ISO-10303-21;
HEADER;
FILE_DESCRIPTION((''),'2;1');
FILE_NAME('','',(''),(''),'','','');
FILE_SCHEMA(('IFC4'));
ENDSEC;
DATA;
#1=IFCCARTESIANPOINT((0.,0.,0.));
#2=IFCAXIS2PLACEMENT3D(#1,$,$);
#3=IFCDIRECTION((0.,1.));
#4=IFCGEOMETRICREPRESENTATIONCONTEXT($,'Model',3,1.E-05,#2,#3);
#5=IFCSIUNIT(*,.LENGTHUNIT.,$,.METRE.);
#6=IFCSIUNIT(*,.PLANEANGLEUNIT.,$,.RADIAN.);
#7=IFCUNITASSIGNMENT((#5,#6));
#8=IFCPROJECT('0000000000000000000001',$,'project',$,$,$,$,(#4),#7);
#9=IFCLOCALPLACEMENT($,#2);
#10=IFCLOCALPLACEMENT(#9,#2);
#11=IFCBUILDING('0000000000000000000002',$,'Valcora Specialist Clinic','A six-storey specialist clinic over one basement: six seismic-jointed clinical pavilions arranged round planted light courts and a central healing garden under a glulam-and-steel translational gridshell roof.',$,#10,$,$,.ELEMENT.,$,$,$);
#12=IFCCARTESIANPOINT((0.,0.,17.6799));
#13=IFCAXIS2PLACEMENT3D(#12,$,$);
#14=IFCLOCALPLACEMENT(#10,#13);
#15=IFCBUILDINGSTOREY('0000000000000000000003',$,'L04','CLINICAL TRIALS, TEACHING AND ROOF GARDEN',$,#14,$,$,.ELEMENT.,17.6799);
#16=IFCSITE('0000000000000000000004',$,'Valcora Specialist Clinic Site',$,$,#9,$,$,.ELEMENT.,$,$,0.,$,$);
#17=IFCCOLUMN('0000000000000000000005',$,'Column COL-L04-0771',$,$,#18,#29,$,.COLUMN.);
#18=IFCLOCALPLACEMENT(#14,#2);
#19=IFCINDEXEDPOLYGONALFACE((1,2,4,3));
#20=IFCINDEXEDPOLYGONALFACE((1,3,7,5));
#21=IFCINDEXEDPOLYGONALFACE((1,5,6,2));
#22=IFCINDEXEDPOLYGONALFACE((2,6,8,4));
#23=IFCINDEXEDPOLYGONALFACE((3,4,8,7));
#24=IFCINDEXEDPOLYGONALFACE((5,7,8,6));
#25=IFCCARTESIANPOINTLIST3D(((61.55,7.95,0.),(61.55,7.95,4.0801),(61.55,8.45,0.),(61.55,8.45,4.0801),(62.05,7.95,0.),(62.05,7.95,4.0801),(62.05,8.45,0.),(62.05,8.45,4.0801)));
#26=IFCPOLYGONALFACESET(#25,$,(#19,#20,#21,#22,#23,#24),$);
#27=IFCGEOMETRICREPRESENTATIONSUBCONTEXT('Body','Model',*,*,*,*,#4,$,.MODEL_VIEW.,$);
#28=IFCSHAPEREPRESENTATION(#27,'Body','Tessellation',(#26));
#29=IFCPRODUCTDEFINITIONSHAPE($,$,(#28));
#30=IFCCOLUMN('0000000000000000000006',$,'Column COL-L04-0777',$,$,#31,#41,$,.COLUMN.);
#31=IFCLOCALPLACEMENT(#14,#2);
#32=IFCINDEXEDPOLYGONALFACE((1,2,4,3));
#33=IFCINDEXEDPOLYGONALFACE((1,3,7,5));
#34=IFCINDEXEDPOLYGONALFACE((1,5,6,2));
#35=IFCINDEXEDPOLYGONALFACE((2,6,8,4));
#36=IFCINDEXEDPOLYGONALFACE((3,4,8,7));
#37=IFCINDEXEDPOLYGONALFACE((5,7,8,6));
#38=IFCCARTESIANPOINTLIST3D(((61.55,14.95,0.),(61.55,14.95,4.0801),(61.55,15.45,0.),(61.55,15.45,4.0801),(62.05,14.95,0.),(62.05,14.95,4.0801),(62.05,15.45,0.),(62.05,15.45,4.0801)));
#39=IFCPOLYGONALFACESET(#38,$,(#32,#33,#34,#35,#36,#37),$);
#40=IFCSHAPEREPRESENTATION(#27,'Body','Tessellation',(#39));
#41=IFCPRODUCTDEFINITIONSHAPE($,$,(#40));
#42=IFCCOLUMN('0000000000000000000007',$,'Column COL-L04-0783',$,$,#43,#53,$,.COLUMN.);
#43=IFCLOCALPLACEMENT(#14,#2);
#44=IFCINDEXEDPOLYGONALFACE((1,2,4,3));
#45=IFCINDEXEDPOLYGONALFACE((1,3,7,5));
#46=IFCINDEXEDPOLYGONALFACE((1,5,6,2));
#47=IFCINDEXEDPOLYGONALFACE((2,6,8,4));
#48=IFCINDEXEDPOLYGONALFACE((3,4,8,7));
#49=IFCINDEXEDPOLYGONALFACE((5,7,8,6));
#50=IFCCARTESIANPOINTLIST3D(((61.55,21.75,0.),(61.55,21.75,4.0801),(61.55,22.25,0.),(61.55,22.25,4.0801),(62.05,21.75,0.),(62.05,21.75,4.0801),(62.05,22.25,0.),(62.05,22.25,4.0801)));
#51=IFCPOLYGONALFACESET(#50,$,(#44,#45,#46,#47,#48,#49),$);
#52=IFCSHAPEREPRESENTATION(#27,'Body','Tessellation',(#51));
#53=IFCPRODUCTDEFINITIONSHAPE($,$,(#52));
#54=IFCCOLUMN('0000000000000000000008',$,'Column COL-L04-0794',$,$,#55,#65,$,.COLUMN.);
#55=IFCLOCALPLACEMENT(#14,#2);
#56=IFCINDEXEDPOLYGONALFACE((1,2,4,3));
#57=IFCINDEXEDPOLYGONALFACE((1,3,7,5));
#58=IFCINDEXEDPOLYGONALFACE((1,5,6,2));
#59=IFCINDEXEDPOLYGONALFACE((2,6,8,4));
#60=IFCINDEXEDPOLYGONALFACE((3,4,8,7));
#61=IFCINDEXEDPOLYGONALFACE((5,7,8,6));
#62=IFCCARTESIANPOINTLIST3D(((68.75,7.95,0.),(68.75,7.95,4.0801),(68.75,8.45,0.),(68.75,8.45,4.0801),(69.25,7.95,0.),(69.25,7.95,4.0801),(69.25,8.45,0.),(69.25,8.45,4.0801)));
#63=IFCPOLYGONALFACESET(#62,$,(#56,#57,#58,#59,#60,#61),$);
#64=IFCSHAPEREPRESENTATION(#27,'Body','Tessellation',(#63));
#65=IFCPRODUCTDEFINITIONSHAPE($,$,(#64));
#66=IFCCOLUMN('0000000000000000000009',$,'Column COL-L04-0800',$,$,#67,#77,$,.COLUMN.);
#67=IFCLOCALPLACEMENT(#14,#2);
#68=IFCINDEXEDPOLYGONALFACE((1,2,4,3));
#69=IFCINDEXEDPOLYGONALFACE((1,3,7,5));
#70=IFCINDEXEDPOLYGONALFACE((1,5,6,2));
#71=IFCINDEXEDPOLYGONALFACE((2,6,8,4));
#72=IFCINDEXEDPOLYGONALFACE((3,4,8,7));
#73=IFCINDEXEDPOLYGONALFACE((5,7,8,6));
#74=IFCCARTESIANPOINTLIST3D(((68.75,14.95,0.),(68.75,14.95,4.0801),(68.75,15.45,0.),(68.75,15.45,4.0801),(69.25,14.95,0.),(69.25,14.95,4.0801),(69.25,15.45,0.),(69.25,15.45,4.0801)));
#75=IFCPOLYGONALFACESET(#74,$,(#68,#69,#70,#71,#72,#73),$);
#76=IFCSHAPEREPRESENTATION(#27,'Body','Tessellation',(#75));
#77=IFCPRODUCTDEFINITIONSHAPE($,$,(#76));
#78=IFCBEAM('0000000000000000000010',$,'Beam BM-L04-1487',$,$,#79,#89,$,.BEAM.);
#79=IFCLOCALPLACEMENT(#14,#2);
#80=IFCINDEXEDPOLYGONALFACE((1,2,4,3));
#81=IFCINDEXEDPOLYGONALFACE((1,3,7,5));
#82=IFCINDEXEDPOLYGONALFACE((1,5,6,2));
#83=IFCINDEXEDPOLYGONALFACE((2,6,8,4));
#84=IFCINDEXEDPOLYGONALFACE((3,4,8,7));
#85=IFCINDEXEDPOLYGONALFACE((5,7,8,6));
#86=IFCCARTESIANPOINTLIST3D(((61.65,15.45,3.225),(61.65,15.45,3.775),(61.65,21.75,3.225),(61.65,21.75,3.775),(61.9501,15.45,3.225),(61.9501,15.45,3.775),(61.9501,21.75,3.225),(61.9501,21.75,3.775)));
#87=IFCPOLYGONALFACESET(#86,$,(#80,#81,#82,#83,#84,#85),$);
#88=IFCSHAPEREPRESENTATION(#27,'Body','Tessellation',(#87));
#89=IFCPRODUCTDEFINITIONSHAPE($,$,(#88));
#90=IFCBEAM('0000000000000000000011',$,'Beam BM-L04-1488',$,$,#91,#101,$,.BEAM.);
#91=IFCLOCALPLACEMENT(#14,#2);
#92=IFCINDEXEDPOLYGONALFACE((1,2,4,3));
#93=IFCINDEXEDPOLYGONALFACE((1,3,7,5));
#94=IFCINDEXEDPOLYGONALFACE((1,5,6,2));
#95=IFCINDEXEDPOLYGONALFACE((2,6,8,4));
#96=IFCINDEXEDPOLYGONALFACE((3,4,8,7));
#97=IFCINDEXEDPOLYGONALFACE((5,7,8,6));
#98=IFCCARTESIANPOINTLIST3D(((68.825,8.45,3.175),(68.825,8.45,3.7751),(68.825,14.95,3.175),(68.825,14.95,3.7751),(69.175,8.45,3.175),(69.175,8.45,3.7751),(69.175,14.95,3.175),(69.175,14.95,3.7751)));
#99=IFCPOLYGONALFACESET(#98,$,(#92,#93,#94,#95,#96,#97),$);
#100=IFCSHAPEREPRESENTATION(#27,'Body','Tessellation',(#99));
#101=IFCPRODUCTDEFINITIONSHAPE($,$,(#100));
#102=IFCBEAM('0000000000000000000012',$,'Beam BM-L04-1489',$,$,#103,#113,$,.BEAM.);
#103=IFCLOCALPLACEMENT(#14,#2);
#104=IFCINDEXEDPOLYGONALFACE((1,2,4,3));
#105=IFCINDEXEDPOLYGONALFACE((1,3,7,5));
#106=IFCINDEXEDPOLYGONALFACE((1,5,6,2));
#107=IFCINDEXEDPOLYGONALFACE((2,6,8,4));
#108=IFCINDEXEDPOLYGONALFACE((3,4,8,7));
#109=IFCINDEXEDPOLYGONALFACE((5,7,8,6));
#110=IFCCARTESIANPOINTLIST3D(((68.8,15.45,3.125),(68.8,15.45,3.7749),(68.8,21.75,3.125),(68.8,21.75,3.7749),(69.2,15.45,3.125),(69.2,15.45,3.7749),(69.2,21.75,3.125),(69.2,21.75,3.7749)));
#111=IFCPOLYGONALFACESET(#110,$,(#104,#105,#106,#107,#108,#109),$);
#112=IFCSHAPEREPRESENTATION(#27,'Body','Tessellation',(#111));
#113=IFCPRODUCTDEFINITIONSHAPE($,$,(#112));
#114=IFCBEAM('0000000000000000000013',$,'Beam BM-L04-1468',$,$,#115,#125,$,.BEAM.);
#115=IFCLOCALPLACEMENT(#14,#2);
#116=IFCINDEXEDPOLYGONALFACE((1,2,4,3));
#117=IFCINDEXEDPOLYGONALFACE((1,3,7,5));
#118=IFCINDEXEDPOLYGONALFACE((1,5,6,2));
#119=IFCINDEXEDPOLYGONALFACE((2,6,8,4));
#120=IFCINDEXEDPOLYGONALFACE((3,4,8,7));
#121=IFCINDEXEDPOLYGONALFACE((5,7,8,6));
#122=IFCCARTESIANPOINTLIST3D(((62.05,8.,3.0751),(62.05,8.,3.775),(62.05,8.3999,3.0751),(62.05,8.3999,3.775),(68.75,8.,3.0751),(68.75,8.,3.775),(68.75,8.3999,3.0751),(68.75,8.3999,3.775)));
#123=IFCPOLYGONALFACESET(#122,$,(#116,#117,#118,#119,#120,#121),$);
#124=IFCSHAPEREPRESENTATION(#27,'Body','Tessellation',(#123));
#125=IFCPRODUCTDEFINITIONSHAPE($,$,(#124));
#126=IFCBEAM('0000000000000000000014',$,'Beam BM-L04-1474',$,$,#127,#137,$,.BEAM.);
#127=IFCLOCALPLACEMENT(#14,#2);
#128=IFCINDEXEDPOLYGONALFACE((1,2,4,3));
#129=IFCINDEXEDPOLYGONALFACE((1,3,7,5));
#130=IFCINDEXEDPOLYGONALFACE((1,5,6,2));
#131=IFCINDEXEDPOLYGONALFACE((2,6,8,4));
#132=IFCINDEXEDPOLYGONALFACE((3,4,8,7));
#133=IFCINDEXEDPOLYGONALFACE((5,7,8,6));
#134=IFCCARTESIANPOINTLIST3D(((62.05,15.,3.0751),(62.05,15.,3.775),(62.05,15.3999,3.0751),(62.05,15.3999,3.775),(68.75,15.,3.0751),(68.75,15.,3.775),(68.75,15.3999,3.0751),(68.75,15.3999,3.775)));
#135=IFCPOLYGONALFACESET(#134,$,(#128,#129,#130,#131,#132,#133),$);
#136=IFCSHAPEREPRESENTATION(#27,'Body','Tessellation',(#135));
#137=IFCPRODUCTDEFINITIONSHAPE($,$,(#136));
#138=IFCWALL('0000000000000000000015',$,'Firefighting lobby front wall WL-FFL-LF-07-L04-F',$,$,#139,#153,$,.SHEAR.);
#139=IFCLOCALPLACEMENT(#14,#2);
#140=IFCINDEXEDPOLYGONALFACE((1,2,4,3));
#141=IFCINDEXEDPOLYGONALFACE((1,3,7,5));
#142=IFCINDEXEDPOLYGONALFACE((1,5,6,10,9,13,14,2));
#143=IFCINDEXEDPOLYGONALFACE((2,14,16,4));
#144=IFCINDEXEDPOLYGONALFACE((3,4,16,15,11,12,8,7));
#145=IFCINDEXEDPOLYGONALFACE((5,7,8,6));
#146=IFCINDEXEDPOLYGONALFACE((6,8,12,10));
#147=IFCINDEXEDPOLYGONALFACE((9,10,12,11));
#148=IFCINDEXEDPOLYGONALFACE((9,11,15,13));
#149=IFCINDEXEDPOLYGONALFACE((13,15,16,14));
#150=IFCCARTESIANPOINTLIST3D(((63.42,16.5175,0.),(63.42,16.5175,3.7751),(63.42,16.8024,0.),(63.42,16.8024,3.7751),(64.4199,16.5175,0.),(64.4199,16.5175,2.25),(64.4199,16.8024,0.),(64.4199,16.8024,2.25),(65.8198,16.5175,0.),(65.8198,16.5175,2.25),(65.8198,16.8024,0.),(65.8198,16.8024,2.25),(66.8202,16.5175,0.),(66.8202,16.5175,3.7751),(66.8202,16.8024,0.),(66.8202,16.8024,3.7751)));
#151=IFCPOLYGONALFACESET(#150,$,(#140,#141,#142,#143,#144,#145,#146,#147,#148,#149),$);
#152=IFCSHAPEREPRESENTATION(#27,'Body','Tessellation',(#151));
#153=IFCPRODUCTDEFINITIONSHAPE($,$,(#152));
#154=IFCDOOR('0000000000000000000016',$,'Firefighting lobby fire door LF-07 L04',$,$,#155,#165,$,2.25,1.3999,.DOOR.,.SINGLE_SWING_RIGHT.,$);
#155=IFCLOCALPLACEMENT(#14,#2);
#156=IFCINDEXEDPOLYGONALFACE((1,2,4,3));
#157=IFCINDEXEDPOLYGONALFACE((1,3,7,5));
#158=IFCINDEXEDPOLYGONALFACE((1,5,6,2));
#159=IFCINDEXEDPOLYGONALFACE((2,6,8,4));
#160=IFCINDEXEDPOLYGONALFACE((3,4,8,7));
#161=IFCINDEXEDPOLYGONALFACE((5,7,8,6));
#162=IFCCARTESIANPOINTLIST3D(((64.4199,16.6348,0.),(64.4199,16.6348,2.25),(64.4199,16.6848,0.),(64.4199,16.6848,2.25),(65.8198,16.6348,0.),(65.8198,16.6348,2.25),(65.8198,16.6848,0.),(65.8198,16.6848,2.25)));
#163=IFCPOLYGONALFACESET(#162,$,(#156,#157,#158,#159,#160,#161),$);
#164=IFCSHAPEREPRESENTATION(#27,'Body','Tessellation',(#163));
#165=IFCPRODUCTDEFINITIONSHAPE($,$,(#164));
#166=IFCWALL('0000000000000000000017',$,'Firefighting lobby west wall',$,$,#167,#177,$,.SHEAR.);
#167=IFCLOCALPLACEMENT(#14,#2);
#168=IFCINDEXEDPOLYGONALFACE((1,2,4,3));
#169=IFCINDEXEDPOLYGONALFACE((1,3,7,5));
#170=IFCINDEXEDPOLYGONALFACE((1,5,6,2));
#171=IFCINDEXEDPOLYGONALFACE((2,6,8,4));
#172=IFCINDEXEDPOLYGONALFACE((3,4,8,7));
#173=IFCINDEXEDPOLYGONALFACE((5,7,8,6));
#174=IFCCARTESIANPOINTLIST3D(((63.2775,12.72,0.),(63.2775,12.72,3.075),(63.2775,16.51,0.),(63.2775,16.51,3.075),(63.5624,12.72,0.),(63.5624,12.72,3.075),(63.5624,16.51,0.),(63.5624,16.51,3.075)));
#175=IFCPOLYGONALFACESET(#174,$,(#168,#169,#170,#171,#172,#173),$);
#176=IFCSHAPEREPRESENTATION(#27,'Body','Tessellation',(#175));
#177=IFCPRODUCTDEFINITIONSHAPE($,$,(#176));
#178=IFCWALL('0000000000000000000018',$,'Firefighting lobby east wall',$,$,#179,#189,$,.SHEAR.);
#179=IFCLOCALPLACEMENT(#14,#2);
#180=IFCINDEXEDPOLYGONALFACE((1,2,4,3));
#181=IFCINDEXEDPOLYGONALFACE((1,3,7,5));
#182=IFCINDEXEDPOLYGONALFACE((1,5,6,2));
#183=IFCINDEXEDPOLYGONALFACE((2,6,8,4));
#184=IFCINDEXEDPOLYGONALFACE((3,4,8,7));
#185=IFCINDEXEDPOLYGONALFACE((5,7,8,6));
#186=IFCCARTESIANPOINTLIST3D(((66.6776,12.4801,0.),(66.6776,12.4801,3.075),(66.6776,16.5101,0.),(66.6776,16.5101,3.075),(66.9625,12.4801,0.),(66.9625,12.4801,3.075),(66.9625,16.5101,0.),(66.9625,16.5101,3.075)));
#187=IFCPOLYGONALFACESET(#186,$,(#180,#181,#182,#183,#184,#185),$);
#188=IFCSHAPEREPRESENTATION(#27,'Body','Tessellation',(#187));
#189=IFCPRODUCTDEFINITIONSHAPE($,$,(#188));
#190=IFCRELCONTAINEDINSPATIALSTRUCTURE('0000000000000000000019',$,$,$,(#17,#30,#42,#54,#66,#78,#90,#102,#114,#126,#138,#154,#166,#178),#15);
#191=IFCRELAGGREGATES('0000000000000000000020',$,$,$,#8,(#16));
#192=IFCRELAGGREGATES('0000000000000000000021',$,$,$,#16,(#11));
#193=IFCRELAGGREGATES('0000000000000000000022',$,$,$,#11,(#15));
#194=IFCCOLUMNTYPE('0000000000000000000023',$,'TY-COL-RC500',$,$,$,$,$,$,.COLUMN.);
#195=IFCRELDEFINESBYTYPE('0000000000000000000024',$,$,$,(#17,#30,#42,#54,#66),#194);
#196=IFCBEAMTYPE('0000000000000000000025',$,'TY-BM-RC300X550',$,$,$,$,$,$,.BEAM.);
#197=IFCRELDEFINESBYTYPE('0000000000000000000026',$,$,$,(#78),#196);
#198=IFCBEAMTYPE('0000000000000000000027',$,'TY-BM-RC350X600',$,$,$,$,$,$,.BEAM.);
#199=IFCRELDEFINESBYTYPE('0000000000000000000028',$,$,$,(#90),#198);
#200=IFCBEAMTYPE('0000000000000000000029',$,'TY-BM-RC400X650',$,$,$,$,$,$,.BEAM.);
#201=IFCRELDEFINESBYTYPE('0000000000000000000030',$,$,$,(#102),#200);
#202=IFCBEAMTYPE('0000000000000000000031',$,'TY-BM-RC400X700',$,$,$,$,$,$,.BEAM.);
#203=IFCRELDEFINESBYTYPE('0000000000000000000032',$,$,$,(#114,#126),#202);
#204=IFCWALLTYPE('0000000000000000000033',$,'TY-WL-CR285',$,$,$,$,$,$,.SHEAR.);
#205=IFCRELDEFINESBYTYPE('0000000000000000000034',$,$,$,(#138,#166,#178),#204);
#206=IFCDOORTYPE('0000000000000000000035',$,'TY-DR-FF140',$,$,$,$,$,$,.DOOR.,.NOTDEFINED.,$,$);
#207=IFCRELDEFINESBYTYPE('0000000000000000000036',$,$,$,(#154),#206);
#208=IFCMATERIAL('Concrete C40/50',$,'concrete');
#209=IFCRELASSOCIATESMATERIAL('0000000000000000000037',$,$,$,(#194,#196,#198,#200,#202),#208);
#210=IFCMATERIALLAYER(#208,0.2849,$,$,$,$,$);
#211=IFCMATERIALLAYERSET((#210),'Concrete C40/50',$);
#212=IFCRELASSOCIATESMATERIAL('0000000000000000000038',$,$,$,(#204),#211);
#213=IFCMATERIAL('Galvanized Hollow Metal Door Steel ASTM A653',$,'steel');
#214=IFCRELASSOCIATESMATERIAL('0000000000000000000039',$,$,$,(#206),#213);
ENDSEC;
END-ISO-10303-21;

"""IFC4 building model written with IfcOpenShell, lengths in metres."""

from ifc_helpers import new_model, si_unit, direction, frame, frame_2d, origin, origin_2d, place, context, subcontext, project, spatial, rectangle, extrude, material, layer, layer_set, material_profile, profile_set, type_object, element, fill, save


model = new_model("IFC4")

# Units and contexts
model_context = context("Model", 3, precision=1e-05, world=origin(), true_north=direction((0.0, 1.0)))
body_context = subcontext(model_context, "Body", "Model", "MODEL_VIEW")
ifc_project = project(units=[si_unit("LENGTHUNIT", "METRE"), si_unit("PLANEANGLEUNIT", "RADIAN")], contexts=[model_context])

# Site, building, storey
site_placement = place(None, origin())
site = spatial("IfcSite", under=ifc_project, at=site_placement, Name="Valcora Specialist Clinic Site", CompositionType="ELEMENT", RefElevation=0.0)
building_placement = place(site_placement, origin())
building = spatial("IfcBuilding", under=site, at=building_placement, Name="Valcora Specialist Clinic", Description="A six-storey specialist clinic over one basement: six seismic-jointed clinical pavilions arranged round planted light courts and a central healing garden under a glulam-and-steel translational gridshell roof.", CompositionType="ELEMENT")
storey_placement = place(building_placement, frame((0.0, 0.0, 17.6799)))
storey = spatial("IfcBuildingStorey", under=building, at=storey_placement, Name="L04", Description="CLINICAL TRIALS, TEACHING AND ROOF GARDEN", CompositionType="ELEMENT", Elevation=17.6799)

# Columns
ifc_material_1 = material(Name="Concrete C40/50", Category="concrete")
ifc_material_profile_1 = material_profile(ifc_material_1, rectangle(XDim=0.5, YDim=0.5, at=origin_2d()), Name="RC-COL-500X500")
ifc_profile_set_1 = profile_set([ifc_material_profile_1], Name="Concrete C40/50")
column_type = type_object("IfcColumnType", Name="TY-COL-RC500", PredefinedType="COLUMN", material=ifc_profile_set_1)
for number, where, z_axis, x_axis, name in (
    (1, (61.8, 8.2, 0.0), (0.0, 0.0, 1.0), (1.0, 0.0, 0.0), "Column COL-L04-0771"),
    (2, (61.8, 15.2, 0.0), (0.0, 0.0, 1.0), (1.0, 0.0, 0.0), "Column COL-L04-0777"),
    (3, (61.8, 22.0, 0.0), (0.0, 0.0, 1.0), (1.0, 0.0, 0.0), "Column COL-L04-0783"),
    (4, (69.0, 8.2, 0.0), (0.0, 0.0, 1.0), (1.0, 0.0, 0.0), "Column COL-L04-0794"),
    (5, (69.0, 15.2, 0.0), (0.0, 0.0, 1.0), (1.0, 0.0, 0.0), "Column COL-L04-0800"),
):
    element("IfcColumn", number, at=place(storey_placement, frame(where, z_axis=z_axis, x_axis=x_axis)), inside=storey, type_object=column_type, Name=name, PredefinedType="COLUMN", context=body_context, shape_type="SweptSolid", body=[
        extrude(rectangle(XDim=0.5, YDim=0.5, at=origin_2d()), origin(), (0.0, 0.0, 1.0), 4.0801),
    ])

# Beams
ifc_material_profile_2 = material_profile(ifc_material_1, rectangle(XDim=0.3, YDim=0.55, at=origin_2d()), Name="RC-BM-300X550")
ifc_profile_set_2 = profile_set([ifc_material_profile_2], Name="Concrete C40/50")
beam_type_1 = type_object("IfcBeamType", Name="TY-BM-RC300X550", PredefinedType="BEAM", material=ifc_profile_set_2)
beam_1_placement = place(storey_placement, frame((61.8, 15.45, 3.5), z_axis=(0.0, 1.0, 0.0), x_axis=(-1.0, 0.0, 0.0)))
element("IfcBeam", 6, at=beam_1_placement, inside=storey, type_object=beam_type_1, Name="Beam BM-L04-1487", PredefinedType="BEAM", context=body_context, shape_type="SweptSolid", body=[
    extrude(rectangle(XDim=0.3, YDim=0.55, at=origin_2d()), origin(), (0.0, 0.0, 1.0), 6.3),
])
ifc_material_profile_3 = material_profile(ifc_material_1, rectangle(XDim=0.3501, YDim=0.6001, at=origin_2d()), Name="RC-BM-350X600")
ifc_profile_set_3 = profile_set([ifc_material_profile_3], Name="Concrete C40/50")
beam_type_2 = type_object("IfcBeamType", Name="TY-BM-RC350X600", PredefinedType="BEAM", material=ifc_profile_set_3)
beam_2_placement = place(storey_placement, frame((69.0, 8.45, 3.4751), z_axis=(0.0, 1.0, 0.0), x_axis=(-1.0, 0.0, 0.0)))
element("IfcBeam", 7, at=beam_2_placement, inside=storey, type_object=beam_type_2, Name="Beam BM-L04-1488", PredefinedType="BEAM", context=body_context, shape_type="SweptSolid", body=[
    extrude(rectangle(XDim=0.3501, YDim=0.6001, at=origin_2d()), origin(), (0.0, 0.0, 1.0), 6.5),
])
ifc_material_profile_4 = material_profile(ifc_material_1, rectangle(XDim=0.3999, YDim=0.6499, at=origin_2d()), Name="RC-BM-400X650")
ifc_profile_set_4 = profile_set([ifc_material_profile_4], Name="Concrete C40/50")
beam_type_3 = type_object("IfcBeamType", Name="TY-BM-RC400X650", PredefinedType="BEAM", material=ifc_profile_set_4)
beam_3_placement = place(storey_placement, frame((69.0, 15.45, 3.45), z_axis=(0.0, 1.0, 0.0), x_axis=(-1.0, 0.0, 0.0)))
element("IfcBeam", 8, at=beam_3_placement, inside=storey, type_object=beam_type_3, Name="Beam BM-L04-1489", PredefinedType="BEAM", context=body_context, shape_type="SweptSolid", body=[
    extrude(rectangle(XDim=0.3999, YDim=0.6499, at=origin_2d()), origin(), (0.0, 0.0, 1.0), 6.3),
])
ifc_material_profile_5 = material_profile(ifc_material_1, rectangle(XDim=0.3999, YDim=0.7, at=origin_2d()), Name="RC-BM-400X700")
ifc_profile_set_5 = profile_set([ifc_material_profile_5], Name="Concrete C40/50")
beam_type_4 = type_object("IfcBeamType", Name="TY-BM-RC400X700", PredefinedType="BEAM", material=ifc_profile_set_5)
for number, where, z_axis, x_axis, name in (
    (9, (62.05, 8.2, 3.425), (1.0, 0.0, 0.0), (0.0, 1.0, 0.0), "Beam BM-L04-1468"),
    (10, (62.05, 15.2, 3.425), (1.0, 0.0, 0.0), (0.0, 1.0, 0.0), "Beam BM-L04-1474"),
):
    element("IfcBeam", number, at=place(storey_placement, frame(where, z_axis=z_axis, x_axis=x_axis)), inside=storey, type_object=beam_type_4, Name=name, PredefinedType="BEAM", context=body_context, shape_type="SweptSolid", body=[
        extrude(rectangle(XDim=0.3999, YDim=0.7, at=origin_2d()), origin(), (0.0, 0.0, 1.0), 6.7),
    ])

# Wall, opening, door
ifc_layer_1 = layer(ifc_material_1, 0.2849)
ifc_layer_set_1 = layer_set([ifc_layer_1], Name="Concrete C40/50")
wall_type_1 = type_object("IfcWallType", Name="TY-WL-CR285", PredefinedType="SHEAR", material=ifc_layer_set_1)
wall_1_placement = place(storey_placement, frame((63.4199, 16.6599, 0.0), z_axis=(0.0, 0.0, 1.0), x_axis=(1.0, 0.0, 0.0)))
wall_1 = element("IfcWall", 11, at=wall_1_placement, inside=storey, type_object=wall_type_1, Name="Firefighting lobby front wall WL-FFL-LF-07-L04-F", PredefinedType="SHEAR", context=body_context, shape_type="SweptSolid", body=[
    extrude(rectangle(XDim=3.4001, YDim=0.2849, at=frame_2d((1.7002, 0.0))), origin(), (0.0, 0.0, 1.0), 3.7751),
])
opening_1_placement = place(wall_1_placement, frame((1.0, 0.0, 0.0)))
opening_1 = element("IfcOpeningElement", 12, at=opening_1_placement, cuts=wall_1, PredefinedType="OPENING", context=body_context, shape_type="SweptSolid", body=[
    extrude(rectangle(XDim=1.3999, YDim=2.25, at=frame_2d((0.7, 1.125))), frame((0.0, 0.1523, 0.0), z_axis=(0.0, -1.0, 0.0), x_axis=(1.0, 0.0, 0.0)), (0.0, 0.0, 1.0), 0.3049),
])
ifc_material_2 = material(Name="Galvanized Hollow Metal Door Steel ASTM A653", Category="steel")
door_type_1 = type_object("IfcDoorType", Name="TY-DR-FF140", OperationType="NOTDEFINED", PredefinedType="DOOR", material=ifc_material_2)
door_1_placement = place(opening_1_placement, origin())
door_1 = element("IfcDoor", 13, at=door_1_placement, inside=storey, type_object=door_type_1, Name="Firefighting lobby fire door LF-07 L04", OperationType="SINGLE_SWING_RIGHT", OverallHeight=2.25, OverallWidth=1.3999, PredefinedType="DOOR", context=body_context, shape_type="SweptSolid", body=[
    extrude(rectangle(XDim=1.3999, YDim=2.25, at=frame_2d((0.7, 1.125))), frame((0.0, 0.0249, 0.0), z_axis=(0.0, -1.0, 0.0), x_axis=(1.0, 0.0, 0.0)), (0.0, 0.0, 1.0), 0.05),
])
fill(opening_1, door_1)

# Walls
wall_2_placement = place(storey_placement, frame((63.4199, 12.72, 0.0), z_axis=(0.0, 0.0, 1.0), x_axis=(0.0, 1.0, 0.0)))
element("IfcWall", 14, at=wall_2_placement, inside=storey, type_object=wall_type_1, Name="Firefighting lobby west wall", PredefinedType="SHEAR", context=body_context, shape_type="SweptSolid", body=[
    extrude(rectangle(XDim=3.79, YDim=0.2849, at=frame_2d((1.895, 0.0))), origin(), (0.0, 0.0, 1.0), 3.075),
])
wall_3_placement = place(storey_placement, frame((66.8201, 12.48, 0.0), z_axis=(0.0, 0.0, 1.0), x_axis=(0.0, 1.0, 0.0)))
element("IfcWall", 15, at=wall_3_placement, inside=storey, type_object=wall_type_1, Name="Firefighting lobby east wall", PredefinedType="SHEAR", context=body_context, shape_type="SweptSolid", body=[
    extrude(rectangle(XDim=4.03, YDim=0.2849, at=frame_2d((2.0151, 0.0))), origin(), (0.0, 0.0, 1.0), 3.075),
])

save(model, "model.ifc")
